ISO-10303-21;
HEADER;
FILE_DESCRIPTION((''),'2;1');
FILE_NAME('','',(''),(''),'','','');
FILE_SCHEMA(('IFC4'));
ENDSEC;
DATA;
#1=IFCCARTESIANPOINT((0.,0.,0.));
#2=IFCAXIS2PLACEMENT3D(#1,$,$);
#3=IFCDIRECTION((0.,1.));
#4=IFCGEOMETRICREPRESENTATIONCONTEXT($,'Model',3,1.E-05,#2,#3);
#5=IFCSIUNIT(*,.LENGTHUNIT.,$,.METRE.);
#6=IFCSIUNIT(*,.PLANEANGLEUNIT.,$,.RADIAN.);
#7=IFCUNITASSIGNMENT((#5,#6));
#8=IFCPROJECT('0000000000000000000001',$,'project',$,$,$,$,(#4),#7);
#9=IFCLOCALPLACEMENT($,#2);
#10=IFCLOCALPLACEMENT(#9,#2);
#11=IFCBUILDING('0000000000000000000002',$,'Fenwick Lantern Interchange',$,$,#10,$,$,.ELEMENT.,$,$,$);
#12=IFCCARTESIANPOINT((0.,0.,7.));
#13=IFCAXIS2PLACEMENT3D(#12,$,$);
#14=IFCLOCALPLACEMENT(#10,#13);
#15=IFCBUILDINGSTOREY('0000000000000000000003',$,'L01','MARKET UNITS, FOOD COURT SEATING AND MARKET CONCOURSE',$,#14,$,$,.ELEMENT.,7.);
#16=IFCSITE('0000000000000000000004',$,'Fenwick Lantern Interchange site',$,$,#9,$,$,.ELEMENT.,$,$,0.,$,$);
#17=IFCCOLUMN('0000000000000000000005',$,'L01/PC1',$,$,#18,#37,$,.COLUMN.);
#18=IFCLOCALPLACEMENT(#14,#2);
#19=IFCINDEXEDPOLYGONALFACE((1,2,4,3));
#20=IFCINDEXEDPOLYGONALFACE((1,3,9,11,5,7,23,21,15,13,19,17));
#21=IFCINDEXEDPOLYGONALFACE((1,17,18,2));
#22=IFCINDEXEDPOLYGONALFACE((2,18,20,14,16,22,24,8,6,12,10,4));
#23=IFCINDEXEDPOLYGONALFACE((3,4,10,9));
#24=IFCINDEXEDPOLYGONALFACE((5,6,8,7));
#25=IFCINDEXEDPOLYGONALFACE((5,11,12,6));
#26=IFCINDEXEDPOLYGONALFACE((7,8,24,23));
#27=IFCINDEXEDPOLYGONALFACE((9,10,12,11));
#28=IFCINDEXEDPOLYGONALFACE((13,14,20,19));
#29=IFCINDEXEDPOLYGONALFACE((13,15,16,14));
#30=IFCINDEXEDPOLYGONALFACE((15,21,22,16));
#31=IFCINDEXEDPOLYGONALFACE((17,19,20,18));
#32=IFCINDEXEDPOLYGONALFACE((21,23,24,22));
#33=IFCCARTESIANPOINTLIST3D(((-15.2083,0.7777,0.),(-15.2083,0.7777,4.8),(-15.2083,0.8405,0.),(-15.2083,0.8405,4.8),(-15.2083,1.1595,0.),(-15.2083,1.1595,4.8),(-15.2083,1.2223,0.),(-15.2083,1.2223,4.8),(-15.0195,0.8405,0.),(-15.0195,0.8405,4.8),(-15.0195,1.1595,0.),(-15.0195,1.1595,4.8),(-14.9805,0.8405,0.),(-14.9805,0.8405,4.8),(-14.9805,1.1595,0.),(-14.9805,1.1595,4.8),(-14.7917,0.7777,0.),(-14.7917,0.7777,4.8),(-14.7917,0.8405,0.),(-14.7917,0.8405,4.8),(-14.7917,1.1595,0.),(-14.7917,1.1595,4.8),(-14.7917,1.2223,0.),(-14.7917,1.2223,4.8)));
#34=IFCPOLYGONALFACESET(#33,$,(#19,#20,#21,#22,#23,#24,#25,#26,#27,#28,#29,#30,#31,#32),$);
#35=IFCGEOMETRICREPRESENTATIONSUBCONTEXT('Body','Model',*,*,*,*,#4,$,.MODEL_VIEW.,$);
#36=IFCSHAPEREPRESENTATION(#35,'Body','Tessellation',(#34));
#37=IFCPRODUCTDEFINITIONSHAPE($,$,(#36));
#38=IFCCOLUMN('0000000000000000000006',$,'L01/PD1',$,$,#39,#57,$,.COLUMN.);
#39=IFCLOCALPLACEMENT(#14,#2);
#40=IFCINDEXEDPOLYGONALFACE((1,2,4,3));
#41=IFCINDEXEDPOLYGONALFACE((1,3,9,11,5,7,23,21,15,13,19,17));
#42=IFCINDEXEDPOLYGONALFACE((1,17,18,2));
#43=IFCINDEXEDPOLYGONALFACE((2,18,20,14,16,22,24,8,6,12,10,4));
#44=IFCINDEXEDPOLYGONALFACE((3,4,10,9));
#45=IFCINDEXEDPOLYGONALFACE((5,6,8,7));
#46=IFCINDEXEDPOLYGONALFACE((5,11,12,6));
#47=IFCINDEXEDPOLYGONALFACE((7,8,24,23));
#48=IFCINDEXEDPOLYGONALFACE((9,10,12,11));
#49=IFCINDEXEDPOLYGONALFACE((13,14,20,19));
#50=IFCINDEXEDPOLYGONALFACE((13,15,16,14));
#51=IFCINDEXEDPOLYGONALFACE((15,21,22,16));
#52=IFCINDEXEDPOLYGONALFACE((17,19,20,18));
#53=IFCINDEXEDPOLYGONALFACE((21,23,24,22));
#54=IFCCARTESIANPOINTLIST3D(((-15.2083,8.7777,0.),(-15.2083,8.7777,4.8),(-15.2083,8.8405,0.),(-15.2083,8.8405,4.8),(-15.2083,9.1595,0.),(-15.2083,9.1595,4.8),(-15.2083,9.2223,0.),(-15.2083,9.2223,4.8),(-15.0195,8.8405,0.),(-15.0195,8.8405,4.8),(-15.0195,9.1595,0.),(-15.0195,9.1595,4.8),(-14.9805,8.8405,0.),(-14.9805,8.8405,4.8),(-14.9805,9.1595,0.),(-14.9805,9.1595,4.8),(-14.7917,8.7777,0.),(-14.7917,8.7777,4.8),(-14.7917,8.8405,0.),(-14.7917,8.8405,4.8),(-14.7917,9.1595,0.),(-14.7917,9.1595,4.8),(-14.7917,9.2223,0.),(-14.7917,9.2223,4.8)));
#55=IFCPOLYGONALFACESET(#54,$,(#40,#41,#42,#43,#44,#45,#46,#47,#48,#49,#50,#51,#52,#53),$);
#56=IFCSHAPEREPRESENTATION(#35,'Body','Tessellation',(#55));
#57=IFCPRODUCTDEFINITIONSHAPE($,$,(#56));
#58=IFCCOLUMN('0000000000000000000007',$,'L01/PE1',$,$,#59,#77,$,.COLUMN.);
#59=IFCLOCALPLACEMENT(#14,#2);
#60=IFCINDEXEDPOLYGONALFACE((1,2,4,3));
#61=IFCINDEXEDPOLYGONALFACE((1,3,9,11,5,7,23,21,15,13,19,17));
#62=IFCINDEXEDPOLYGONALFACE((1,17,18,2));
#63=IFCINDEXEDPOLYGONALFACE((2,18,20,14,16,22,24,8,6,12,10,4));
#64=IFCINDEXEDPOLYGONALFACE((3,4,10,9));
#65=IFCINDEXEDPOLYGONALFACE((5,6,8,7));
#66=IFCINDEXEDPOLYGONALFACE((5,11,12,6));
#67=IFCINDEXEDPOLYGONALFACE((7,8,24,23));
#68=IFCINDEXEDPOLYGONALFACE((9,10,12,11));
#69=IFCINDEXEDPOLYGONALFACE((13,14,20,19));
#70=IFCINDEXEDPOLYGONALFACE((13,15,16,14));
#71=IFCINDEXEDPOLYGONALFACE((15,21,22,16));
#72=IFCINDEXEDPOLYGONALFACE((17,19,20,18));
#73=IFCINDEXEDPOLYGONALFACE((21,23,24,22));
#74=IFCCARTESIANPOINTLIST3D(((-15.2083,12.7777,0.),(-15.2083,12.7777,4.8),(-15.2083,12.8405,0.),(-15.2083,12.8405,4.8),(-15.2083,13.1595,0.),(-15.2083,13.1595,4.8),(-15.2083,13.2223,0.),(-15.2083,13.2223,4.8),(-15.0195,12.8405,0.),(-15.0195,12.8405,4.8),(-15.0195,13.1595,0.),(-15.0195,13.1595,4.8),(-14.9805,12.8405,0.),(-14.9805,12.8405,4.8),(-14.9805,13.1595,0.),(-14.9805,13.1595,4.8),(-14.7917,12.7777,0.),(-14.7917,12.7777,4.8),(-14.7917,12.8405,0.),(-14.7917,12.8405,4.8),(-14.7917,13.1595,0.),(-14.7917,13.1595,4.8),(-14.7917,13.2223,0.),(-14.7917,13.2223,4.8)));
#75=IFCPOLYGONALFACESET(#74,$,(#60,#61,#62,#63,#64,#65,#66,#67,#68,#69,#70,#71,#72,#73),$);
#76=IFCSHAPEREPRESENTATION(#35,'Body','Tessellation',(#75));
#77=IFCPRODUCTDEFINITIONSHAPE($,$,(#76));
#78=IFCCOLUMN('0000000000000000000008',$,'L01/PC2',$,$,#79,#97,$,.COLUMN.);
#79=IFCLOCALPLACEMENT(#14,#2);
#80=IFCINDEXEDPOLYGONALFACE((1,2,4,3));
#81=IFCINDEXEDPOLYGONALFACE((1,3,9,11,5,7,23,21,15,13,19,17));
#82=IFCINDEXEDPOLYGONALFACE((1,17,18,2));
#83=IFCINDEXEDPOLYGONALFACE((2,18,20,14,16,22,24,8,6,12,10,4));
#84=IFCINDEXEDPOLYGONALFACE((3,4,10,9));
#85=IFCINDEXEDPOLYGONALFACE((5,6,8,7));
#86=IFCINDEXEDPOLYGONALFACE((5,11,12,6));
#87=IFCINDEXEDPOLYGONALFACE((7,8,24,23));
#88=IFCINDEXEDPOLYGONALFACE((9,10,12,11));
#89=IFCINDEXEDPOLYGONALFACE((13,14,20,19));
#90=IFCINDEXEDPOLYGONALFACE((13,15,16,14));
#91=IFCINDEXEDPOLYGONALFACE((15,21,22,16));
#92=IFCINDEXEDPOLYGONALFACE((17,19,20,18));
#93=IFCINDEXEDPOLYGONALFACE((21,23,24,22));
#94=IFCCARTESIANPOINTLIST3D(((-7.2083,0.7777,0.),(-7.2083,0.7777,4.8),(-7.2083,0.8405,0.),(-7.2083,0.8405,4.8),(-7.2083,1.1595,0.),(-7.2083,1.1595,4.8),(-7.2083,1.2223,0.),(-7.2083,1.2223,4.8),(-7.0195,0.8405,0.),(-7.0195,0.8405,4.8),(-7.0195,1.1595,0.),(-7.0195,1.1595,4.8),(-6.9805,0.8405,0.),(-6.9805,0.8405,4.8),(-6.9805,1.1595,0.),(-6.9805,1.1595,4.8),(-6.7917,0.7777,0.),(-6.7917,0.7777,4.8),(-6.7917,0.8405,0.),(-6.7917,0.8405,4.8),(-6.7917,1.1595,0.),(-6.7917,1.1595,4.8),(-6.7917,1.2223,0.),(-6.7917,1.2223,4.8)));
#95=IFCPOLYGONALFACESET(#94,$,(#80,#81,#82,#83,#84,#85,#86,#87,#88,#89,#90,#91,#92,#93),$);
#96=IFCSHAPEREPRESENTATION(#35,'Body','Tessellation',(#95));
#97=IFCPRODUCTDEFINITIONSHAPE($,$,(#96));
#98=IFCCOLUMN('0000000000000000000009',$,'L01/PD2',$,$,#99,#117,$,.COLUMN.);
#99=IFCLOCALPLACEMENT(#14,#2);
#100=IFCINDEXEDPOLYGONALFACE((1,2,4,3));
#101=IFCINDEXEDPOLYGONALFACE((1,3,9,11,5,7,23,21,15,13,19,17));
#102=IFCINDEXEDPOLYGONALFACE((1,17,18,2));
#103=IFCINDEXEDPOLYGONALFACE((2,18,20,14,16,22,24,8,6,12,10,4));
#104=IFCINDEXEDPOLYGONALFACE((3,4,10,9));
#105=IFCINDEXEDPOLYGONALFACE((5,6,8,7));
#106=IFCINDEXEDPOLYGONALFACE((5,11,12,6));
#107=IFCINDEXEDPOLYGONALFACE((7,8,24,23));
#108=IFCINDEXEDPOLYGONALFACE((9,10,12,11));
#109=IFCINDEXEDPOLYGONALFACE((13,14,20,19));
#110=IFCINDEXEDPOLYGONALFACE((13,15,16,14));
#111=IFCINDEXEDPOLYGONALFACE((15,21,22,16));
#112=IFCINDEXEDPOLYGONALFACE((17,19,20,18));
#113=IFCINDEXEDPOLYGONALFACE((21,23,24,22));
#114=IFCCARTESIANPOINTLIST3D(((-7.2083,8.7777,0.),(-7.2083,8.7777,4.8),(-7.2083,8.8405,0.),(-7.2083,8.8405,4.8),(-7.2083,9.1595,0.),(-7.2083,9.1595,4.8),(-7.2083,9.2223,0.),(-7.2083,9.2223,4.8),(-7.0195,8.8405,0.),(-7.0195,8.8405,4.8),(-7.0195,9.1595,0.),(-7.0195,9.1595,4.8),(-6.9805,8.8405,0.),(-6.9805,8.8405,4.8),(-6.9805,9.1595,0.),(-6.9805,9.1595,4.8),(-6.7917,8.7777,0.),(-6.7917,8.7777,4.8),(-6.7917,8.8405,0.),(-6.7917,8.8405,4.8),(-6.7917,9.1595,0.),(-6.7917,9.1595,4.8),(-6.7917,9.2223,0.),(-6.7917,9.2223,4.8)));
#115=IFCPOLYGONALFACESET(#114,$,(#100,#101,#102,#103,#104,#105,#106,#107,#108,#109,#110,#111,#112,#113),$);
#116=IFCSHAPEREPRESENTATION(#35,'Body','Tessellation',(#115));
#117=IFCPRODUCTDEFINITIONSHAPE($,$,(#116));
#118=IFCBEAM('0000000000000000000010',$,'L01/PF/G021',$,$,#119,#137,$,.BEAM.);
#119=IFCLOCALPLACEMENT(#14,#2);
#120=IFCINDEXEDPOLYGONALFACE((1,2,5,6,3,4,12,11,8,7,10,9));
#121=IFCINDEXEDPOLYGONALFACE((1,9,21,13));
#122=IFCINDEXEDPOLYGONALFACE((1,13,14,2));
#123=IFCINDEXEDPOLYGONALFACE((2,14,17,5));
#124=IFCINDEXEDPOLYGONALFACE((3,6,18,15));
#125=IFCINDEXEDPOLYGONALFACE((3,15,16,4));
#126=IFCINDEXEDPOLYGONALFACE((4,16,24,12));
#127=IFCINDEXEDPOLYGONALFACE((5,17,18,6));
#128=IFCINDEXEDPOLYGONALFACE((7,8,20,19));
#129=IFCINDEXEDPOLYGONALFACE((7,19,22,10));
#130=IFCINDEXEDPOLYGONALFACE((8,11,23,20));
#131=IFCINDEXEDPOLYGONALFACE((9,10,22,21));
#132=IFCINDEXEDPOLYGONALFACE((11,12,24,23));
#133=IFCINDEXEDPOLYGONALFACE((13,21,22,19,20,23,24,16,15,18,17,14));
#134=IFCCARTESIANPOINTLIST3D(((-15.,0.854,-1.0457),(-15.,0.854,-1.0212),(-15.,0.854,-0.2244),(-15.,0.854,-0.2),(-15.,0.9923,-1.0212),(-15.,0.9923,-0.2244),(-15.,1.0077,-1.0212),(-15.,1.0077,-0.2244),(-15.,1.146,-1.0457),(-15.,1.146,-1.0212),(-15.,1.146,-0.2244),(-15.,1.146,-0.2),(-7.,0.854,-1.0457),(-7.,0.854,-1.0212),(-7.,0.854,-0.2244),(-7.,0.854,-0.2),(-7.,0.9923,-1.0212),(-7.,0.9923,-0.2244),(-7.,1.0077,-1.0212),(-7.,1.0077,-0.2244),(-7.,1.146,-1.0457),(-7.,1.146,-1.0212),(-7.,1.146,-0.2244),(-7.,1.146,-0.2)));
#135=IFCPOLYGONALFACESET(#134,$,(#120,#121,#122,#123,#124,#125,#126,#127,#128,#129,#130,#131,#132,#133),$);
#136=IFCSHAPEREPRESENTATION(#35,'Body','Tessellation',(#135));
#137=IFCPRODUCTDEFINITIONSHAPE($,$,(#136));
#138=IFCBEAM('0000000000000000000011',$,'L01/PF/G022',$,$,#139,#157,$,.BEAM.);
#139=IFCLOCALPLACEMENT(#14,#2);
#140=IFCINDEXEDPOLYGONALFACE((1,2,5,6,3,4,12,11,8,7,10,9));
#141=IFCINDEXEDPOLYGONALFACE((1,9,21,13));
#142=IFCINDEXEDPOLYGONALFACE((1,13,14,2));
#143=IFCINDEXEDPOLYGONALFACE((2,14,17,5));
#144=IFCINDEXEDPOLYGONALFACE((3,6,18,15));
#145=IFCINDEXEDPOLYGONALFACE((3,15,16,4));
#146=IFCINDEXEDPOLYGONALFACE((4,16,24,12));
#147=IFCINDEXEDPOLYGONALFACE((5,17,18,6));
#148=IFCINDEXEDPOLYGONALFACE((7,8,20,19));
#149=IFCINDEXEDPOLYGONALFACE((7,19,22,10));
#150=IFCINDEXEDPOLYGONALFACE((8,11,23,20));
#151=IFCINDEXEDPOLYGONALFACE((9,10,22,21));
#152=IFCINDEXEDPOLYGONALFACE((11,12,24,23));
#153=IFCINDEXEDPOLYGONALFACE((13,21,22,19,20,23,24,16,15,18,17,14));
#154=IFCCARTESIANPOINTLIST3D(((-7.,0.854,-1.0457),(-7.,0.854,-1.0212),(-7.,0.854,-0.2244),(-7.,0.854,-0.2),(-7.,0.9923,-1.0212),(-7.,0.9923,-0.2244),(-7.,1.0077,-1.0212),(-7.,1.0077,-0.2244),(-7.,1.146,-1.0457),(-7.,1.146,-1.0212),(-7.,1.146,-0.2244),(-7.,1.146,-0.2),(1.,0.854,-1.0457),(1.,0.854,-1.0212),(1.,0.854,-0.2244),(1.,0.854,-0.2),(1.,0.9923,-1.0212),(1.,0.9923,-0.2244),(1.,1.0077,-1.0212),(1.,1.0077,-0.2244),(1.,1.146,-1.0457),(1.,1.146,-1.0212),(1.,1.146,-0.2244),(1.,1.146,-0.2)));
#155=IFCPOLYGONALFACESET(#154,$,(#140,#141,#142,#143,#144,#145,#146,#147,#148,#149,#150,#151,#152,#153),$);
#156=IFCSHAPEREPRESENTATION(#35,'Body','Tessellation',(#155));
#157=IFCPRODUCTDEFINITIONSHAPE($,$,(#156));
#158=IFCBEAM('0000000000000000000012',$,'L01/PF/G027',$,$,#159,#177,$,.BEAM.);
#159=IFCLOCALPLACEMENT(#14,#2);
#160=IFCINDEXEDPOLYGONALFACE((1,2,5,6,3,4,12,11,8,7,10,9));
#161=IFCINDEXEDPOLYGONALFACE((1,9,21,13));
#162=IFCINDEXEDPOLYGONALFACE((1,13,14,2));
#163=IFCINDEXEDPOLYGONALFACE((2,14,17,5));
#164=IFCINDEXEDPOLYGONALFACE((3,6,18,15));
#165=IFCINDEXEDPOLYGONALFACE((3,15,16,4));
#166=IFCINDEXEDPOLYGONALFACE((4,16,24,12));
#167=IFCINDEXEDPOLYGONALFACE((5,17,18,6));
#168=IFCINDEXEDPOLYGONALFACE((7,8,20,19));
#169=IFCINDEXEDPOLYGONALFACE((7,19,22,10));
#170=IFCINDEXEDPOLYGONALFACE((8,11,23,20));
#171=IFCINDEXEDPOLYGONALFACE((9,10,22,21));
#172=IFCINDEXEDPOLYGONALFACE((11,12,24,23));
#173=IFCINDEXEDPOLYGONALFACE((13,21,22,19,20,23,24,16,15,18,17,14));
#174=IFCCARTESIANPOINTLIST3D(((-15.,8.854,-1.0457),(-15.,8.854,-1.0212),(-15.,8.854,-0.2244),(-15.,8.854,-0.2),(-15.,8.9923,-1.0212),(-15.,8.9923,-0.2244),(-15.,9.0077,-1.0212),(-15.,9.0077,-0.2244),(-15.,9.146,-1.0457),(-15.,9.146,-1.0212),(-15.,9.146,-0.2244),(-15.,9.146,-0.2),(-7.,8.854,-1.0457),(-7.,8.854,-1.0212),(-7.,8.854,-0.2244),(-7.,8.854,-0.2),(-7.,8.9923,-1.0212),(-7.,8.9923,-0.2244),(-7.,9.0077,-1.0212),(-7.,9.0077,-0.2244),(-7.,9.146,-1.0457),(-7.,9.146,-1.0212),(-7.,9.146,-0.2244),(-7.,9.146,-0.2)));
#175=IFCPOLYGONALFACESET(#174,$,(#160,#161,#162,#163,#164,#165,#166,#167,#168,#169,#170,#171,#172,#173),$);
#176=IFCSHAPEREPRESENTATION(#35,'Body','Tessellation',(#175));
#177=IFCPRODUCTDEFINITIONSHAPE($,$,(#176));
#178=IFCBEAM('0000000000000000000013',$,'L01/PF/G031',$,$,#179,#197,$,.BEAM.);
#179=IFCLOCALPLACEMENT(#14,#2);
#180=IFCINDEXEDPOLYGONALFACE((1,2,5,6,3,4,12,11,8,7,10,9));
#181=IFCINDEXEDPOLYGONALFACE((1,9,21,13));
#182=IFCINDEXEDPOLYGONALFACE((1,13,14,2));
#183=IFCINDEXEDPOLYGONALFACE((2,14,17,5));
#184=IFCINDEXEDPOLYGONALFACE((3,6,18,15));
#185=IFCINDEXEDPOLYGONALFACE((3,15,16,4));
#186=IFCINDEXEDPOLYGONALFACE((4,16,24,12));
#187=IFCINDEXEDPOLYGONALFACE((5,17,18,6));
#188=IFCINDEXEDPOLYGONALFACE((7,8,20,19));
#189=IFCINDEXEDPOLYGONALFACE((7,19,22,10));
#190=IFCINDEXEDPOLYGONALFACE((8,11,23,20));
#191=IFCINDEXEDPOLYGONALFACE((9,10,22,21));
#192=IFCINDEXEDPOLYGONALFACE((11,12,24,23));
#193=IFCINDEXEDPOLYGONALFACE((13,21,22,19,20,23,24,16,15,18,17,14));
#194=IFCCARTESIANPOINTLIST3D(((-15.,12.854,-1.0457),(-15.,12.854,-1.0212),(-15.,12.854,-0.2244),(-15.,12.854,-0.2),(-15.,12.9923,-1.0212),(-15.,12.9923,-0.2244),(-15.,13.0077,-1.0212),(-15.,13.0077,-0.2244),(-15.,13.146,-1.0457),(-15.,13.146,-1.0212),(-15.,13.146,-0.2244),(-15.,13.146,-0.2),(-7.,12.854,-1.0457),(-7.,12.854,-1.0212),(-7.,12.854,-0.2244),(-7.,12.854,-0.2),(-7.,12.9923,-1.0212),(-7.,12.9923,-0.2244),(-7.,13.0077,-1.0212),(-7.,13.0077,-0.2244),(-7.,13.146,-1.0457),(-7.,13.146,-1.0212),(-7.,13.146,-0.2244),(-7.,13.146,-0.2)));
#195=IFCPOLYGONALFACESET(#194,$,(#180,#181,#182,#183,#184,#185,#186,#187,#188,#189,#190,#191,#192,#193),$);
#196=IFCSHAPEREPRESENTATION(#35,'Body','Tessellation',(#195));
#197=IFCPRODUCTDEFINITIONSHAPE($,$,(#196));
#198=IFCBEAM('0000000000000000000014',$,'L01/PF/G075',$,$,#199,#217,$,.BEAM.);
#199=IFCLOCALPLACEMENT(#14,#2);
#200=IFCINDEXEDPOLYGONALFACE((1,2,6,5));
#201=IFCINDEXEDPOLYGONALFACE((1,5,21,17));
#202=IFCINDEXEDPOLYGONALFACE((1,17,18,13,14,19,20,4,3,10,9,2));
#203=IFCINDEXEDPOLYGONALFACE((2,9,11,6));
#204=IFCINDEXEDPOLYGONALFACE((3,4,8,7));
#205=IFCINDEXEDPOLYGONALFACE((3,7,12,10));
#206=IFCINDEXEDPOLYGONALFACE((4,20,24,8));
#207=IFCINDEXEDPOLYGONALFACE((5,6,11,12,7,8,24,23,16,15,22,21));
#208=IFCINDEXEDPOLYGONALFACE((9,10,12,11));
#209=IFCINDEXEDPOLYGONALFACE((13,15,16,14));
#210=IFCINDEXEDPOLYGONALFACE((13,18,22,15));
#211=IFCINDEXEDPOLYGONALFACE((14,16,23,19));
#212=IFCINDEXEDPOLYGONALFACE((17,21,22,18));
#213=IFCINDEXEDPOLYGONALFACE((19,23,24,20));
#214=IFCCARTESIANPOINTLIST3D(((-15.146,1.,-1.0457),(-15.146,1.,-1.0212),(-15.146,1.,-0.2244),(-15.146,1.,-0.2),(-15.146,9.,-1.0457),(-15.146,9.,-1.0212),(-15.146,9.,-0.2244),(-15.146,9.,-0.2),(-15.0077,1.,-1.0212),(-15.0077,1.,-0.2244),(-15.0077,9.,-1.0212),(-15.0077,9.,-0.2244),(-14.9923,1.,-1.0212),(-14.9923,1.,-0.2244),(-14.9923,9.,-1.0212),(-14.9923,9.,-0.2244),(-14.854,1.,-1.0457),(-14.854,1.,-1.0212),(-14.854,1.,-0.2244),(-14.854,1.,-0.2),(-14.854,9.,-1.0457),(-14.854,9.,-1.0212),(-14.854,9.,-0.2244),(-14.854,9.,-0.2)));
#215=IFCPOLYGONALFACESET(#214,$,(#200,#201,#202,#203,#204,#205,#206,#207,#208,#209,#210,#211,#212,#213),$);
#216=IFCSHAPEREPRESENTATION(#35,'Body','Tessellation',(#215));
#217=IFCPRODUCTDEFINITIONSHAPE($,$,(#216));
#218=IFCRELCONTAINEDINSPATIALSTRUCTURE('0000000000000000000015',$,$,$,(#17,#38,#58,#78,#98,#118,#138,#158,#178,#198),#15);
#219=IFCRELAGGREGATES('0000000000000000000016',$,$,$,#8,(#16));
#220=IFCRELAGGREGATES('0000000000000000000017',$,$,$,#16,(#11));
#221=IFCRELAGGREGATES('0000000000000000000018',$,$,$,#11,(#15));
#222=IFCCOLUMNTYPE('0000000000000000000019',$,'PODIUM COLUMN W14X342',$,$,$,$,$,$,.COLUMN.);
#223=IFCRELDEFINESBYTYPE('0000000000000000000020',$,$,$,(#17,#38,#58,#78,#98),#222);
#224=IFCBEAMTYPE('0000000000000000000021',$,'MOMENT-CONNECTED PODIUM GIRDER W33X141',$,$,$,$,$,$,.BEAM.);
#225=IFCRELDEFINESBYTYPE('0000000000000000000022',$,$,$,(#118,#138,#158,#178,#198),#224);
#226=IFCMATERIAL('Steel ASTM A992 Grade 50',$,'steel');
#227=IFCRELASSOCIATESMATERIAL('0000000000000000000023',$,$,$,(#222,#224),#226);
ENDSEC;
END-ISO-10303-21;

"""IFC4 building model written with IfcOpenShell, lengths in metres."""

from ifc_helpers import new_model, si_unit, direction, frame, origin, origin_2d, place, context, subcontext, project, spatial, i_section, extrude, material, material_profile, profile_set, type_object, element, save


model = new_model("IFC4")

# Units and contexts
model_context = context("Model", 3, precision=1e-05, world=origin(), true_north=direction((0.0, 1.0)))
body_context = subcontext(model_context, "Body", "Model", "MODEL_VIEW")
ifc_project = project(units=[si_unit("LENGTHUNIT", "METRE"), si_unit("PLANEANGLEUNIT", "RADIAN")], contexts=[model_context])

# Site, building, storey
site_placement = place(None, origin())
site = spatial("IfcSite", under=ifc_project, at=site_placement, Name="Fenwick Lantern Interchange site", CompositionType="ELEMENT", RefElevation=0.0)
building_placement = place(site_placement, origin())
building = spatial("IfcBuilding", under=site, at=building_placement, Name="Fenwick Lantern Interchange", CompositionType="ELEMENT")
storey_placement = place(building_placement, frame((0.0, 0.0, 7.0)))
storey = spatial("IfcBuildingStorey", under=building, at=storey_placement, Name="L01", Description="MARKET UNITS, FOOD COURT SEATING AND MARKET CONCOURSE", CompositionType="ELEMENT", Elevation=7.0)

# Columns
ifc_material_1 = material(Name="Steel ASTM A992 Grade 50", Category="steel")
ifc_material_profile_1 = material_profile(ifc_material_1, i_section(OverallWidth=0.4165, OverallDepth=0.4446, WebThickness=0.0391, FlangeThickness=0.0627, at=origin_2d()), Name="W14X342")
ifc_profile_set_1 = profile_set([ifc_material_profile_1], Name="Steel ASTM A992 Grade 50")
column_type = type_object("IfcColumnType", Name="PODIUM COLUMN W14X342", PredefinedType="COLUMN", material=ifc_profile_set_1)
for number, where, z_axis, x_axis, name in (
    (1, (-15.0, 1.0, 0.0), (0.0, 0.0, 1.0), (1.0, 0.0, 0.0), "L01/PC1"),
    (2, (-15.0, 9.0, 0.0), (0.0, 0.0, 1.0), (1.0, 0.0, 0.0), "L01/PD1"),
    (3, (-15.0, 13.0, 0.0), (0.0, 0.0, 1.0), (1.0, 0.0, 0.0), "L01/PE1"),
    (4, (-7.0, 1.0, 0.0), (0.0, 0.0, 1.0), (1.0, 0.0, 0.0), "L01/PC2"),
    (5, (-7.0, 9.0, 0.0), (0.0, 0.0, 1.0), (1.0, 0.0, 0.0), "L01/PD2"),
):
    element("IfcColumn", number, at=place(storey_placement, frame(where, z_axis=z_axis, x_axis=x_axis)), inside=storey, type_object=column_type, Name=name, PredefinedType="COLUMN", context=body_context, shape_type="SweptSolid", body=[
        extrude(i_section(OverallWidth=0.4165, OverallDepth=0.4446, WebThickness=0.0391, FlangeThickness=0.0627, at=origin_2d()), origin(), (0.0, 0.0, 1.0), 4.8),
    ])

# Beams
ifc_material_profile_2 = material_profile(ifc_material_1, i_section(OverallWidth=0.292, OverallDepth=0.8457, WebThickness=0.0154, FlangeThickness=0.0244, at=origin_2d()), Name="W33X141")
ifc_profile_set_2 = profile_set([ifc_material_profile_2], Name="Steel ASTM A992 Grade 50")
beam_type_1 = type_object("IfcBeamType", Name="MOMENT-CONNECTED PODIUM GIRDER W33X141", PredefinedType="BEAM", material=ifc_profile_set_2)
for number, where, z_axis, x_axis, name in (
    (6, (-15.0, 1.0, -0.6228), (1.0, 0.0, 0.0), (0.0, 1.0, 0.0), "L01/PF/G021"),
    (7, (-7.0, 1.0, -0.6228), (1.0, 0.0, 0.0), (0.0, 1.0, 0.0), "L01/PF/G022"),
    (8, (-15.0, 9.0, -0.6228), (1.0, 0.0, 0.0), (0.0, 1.0, 0.0), "L01/PF/G027"),
    (9, (-15.0, 13.0, -0.6228), (1.0, 0.0, 0.0), (0.0, 1.0, 0.0), "L01/PF/G031"),
    (10, (-15.0, 1.0, -0.6228), (0.0, 1.0, 0.0), (-1.0, 0.0, 0.0), "L01/PF/G075"),
):
    element("IfcBeam", number, at=place(storey_placement, frame(where, z_axis=z_axis, x_axis=x_axis)), inside=storey, type_object=beam_type_1, Name=name, PredefinedType="BEAM", context=body_context, shape_type="SweptSolid", body=[
        extrude(i_section(OverallWidth=0.292, OverallDepth=0.8457, WebThickness=0.0154, FlangeThickness=0.0244, at=origin_2d()), origin(), (0.0, 0.0, 1.0), 8.0),
    ])

save(model, "model.ifc")
